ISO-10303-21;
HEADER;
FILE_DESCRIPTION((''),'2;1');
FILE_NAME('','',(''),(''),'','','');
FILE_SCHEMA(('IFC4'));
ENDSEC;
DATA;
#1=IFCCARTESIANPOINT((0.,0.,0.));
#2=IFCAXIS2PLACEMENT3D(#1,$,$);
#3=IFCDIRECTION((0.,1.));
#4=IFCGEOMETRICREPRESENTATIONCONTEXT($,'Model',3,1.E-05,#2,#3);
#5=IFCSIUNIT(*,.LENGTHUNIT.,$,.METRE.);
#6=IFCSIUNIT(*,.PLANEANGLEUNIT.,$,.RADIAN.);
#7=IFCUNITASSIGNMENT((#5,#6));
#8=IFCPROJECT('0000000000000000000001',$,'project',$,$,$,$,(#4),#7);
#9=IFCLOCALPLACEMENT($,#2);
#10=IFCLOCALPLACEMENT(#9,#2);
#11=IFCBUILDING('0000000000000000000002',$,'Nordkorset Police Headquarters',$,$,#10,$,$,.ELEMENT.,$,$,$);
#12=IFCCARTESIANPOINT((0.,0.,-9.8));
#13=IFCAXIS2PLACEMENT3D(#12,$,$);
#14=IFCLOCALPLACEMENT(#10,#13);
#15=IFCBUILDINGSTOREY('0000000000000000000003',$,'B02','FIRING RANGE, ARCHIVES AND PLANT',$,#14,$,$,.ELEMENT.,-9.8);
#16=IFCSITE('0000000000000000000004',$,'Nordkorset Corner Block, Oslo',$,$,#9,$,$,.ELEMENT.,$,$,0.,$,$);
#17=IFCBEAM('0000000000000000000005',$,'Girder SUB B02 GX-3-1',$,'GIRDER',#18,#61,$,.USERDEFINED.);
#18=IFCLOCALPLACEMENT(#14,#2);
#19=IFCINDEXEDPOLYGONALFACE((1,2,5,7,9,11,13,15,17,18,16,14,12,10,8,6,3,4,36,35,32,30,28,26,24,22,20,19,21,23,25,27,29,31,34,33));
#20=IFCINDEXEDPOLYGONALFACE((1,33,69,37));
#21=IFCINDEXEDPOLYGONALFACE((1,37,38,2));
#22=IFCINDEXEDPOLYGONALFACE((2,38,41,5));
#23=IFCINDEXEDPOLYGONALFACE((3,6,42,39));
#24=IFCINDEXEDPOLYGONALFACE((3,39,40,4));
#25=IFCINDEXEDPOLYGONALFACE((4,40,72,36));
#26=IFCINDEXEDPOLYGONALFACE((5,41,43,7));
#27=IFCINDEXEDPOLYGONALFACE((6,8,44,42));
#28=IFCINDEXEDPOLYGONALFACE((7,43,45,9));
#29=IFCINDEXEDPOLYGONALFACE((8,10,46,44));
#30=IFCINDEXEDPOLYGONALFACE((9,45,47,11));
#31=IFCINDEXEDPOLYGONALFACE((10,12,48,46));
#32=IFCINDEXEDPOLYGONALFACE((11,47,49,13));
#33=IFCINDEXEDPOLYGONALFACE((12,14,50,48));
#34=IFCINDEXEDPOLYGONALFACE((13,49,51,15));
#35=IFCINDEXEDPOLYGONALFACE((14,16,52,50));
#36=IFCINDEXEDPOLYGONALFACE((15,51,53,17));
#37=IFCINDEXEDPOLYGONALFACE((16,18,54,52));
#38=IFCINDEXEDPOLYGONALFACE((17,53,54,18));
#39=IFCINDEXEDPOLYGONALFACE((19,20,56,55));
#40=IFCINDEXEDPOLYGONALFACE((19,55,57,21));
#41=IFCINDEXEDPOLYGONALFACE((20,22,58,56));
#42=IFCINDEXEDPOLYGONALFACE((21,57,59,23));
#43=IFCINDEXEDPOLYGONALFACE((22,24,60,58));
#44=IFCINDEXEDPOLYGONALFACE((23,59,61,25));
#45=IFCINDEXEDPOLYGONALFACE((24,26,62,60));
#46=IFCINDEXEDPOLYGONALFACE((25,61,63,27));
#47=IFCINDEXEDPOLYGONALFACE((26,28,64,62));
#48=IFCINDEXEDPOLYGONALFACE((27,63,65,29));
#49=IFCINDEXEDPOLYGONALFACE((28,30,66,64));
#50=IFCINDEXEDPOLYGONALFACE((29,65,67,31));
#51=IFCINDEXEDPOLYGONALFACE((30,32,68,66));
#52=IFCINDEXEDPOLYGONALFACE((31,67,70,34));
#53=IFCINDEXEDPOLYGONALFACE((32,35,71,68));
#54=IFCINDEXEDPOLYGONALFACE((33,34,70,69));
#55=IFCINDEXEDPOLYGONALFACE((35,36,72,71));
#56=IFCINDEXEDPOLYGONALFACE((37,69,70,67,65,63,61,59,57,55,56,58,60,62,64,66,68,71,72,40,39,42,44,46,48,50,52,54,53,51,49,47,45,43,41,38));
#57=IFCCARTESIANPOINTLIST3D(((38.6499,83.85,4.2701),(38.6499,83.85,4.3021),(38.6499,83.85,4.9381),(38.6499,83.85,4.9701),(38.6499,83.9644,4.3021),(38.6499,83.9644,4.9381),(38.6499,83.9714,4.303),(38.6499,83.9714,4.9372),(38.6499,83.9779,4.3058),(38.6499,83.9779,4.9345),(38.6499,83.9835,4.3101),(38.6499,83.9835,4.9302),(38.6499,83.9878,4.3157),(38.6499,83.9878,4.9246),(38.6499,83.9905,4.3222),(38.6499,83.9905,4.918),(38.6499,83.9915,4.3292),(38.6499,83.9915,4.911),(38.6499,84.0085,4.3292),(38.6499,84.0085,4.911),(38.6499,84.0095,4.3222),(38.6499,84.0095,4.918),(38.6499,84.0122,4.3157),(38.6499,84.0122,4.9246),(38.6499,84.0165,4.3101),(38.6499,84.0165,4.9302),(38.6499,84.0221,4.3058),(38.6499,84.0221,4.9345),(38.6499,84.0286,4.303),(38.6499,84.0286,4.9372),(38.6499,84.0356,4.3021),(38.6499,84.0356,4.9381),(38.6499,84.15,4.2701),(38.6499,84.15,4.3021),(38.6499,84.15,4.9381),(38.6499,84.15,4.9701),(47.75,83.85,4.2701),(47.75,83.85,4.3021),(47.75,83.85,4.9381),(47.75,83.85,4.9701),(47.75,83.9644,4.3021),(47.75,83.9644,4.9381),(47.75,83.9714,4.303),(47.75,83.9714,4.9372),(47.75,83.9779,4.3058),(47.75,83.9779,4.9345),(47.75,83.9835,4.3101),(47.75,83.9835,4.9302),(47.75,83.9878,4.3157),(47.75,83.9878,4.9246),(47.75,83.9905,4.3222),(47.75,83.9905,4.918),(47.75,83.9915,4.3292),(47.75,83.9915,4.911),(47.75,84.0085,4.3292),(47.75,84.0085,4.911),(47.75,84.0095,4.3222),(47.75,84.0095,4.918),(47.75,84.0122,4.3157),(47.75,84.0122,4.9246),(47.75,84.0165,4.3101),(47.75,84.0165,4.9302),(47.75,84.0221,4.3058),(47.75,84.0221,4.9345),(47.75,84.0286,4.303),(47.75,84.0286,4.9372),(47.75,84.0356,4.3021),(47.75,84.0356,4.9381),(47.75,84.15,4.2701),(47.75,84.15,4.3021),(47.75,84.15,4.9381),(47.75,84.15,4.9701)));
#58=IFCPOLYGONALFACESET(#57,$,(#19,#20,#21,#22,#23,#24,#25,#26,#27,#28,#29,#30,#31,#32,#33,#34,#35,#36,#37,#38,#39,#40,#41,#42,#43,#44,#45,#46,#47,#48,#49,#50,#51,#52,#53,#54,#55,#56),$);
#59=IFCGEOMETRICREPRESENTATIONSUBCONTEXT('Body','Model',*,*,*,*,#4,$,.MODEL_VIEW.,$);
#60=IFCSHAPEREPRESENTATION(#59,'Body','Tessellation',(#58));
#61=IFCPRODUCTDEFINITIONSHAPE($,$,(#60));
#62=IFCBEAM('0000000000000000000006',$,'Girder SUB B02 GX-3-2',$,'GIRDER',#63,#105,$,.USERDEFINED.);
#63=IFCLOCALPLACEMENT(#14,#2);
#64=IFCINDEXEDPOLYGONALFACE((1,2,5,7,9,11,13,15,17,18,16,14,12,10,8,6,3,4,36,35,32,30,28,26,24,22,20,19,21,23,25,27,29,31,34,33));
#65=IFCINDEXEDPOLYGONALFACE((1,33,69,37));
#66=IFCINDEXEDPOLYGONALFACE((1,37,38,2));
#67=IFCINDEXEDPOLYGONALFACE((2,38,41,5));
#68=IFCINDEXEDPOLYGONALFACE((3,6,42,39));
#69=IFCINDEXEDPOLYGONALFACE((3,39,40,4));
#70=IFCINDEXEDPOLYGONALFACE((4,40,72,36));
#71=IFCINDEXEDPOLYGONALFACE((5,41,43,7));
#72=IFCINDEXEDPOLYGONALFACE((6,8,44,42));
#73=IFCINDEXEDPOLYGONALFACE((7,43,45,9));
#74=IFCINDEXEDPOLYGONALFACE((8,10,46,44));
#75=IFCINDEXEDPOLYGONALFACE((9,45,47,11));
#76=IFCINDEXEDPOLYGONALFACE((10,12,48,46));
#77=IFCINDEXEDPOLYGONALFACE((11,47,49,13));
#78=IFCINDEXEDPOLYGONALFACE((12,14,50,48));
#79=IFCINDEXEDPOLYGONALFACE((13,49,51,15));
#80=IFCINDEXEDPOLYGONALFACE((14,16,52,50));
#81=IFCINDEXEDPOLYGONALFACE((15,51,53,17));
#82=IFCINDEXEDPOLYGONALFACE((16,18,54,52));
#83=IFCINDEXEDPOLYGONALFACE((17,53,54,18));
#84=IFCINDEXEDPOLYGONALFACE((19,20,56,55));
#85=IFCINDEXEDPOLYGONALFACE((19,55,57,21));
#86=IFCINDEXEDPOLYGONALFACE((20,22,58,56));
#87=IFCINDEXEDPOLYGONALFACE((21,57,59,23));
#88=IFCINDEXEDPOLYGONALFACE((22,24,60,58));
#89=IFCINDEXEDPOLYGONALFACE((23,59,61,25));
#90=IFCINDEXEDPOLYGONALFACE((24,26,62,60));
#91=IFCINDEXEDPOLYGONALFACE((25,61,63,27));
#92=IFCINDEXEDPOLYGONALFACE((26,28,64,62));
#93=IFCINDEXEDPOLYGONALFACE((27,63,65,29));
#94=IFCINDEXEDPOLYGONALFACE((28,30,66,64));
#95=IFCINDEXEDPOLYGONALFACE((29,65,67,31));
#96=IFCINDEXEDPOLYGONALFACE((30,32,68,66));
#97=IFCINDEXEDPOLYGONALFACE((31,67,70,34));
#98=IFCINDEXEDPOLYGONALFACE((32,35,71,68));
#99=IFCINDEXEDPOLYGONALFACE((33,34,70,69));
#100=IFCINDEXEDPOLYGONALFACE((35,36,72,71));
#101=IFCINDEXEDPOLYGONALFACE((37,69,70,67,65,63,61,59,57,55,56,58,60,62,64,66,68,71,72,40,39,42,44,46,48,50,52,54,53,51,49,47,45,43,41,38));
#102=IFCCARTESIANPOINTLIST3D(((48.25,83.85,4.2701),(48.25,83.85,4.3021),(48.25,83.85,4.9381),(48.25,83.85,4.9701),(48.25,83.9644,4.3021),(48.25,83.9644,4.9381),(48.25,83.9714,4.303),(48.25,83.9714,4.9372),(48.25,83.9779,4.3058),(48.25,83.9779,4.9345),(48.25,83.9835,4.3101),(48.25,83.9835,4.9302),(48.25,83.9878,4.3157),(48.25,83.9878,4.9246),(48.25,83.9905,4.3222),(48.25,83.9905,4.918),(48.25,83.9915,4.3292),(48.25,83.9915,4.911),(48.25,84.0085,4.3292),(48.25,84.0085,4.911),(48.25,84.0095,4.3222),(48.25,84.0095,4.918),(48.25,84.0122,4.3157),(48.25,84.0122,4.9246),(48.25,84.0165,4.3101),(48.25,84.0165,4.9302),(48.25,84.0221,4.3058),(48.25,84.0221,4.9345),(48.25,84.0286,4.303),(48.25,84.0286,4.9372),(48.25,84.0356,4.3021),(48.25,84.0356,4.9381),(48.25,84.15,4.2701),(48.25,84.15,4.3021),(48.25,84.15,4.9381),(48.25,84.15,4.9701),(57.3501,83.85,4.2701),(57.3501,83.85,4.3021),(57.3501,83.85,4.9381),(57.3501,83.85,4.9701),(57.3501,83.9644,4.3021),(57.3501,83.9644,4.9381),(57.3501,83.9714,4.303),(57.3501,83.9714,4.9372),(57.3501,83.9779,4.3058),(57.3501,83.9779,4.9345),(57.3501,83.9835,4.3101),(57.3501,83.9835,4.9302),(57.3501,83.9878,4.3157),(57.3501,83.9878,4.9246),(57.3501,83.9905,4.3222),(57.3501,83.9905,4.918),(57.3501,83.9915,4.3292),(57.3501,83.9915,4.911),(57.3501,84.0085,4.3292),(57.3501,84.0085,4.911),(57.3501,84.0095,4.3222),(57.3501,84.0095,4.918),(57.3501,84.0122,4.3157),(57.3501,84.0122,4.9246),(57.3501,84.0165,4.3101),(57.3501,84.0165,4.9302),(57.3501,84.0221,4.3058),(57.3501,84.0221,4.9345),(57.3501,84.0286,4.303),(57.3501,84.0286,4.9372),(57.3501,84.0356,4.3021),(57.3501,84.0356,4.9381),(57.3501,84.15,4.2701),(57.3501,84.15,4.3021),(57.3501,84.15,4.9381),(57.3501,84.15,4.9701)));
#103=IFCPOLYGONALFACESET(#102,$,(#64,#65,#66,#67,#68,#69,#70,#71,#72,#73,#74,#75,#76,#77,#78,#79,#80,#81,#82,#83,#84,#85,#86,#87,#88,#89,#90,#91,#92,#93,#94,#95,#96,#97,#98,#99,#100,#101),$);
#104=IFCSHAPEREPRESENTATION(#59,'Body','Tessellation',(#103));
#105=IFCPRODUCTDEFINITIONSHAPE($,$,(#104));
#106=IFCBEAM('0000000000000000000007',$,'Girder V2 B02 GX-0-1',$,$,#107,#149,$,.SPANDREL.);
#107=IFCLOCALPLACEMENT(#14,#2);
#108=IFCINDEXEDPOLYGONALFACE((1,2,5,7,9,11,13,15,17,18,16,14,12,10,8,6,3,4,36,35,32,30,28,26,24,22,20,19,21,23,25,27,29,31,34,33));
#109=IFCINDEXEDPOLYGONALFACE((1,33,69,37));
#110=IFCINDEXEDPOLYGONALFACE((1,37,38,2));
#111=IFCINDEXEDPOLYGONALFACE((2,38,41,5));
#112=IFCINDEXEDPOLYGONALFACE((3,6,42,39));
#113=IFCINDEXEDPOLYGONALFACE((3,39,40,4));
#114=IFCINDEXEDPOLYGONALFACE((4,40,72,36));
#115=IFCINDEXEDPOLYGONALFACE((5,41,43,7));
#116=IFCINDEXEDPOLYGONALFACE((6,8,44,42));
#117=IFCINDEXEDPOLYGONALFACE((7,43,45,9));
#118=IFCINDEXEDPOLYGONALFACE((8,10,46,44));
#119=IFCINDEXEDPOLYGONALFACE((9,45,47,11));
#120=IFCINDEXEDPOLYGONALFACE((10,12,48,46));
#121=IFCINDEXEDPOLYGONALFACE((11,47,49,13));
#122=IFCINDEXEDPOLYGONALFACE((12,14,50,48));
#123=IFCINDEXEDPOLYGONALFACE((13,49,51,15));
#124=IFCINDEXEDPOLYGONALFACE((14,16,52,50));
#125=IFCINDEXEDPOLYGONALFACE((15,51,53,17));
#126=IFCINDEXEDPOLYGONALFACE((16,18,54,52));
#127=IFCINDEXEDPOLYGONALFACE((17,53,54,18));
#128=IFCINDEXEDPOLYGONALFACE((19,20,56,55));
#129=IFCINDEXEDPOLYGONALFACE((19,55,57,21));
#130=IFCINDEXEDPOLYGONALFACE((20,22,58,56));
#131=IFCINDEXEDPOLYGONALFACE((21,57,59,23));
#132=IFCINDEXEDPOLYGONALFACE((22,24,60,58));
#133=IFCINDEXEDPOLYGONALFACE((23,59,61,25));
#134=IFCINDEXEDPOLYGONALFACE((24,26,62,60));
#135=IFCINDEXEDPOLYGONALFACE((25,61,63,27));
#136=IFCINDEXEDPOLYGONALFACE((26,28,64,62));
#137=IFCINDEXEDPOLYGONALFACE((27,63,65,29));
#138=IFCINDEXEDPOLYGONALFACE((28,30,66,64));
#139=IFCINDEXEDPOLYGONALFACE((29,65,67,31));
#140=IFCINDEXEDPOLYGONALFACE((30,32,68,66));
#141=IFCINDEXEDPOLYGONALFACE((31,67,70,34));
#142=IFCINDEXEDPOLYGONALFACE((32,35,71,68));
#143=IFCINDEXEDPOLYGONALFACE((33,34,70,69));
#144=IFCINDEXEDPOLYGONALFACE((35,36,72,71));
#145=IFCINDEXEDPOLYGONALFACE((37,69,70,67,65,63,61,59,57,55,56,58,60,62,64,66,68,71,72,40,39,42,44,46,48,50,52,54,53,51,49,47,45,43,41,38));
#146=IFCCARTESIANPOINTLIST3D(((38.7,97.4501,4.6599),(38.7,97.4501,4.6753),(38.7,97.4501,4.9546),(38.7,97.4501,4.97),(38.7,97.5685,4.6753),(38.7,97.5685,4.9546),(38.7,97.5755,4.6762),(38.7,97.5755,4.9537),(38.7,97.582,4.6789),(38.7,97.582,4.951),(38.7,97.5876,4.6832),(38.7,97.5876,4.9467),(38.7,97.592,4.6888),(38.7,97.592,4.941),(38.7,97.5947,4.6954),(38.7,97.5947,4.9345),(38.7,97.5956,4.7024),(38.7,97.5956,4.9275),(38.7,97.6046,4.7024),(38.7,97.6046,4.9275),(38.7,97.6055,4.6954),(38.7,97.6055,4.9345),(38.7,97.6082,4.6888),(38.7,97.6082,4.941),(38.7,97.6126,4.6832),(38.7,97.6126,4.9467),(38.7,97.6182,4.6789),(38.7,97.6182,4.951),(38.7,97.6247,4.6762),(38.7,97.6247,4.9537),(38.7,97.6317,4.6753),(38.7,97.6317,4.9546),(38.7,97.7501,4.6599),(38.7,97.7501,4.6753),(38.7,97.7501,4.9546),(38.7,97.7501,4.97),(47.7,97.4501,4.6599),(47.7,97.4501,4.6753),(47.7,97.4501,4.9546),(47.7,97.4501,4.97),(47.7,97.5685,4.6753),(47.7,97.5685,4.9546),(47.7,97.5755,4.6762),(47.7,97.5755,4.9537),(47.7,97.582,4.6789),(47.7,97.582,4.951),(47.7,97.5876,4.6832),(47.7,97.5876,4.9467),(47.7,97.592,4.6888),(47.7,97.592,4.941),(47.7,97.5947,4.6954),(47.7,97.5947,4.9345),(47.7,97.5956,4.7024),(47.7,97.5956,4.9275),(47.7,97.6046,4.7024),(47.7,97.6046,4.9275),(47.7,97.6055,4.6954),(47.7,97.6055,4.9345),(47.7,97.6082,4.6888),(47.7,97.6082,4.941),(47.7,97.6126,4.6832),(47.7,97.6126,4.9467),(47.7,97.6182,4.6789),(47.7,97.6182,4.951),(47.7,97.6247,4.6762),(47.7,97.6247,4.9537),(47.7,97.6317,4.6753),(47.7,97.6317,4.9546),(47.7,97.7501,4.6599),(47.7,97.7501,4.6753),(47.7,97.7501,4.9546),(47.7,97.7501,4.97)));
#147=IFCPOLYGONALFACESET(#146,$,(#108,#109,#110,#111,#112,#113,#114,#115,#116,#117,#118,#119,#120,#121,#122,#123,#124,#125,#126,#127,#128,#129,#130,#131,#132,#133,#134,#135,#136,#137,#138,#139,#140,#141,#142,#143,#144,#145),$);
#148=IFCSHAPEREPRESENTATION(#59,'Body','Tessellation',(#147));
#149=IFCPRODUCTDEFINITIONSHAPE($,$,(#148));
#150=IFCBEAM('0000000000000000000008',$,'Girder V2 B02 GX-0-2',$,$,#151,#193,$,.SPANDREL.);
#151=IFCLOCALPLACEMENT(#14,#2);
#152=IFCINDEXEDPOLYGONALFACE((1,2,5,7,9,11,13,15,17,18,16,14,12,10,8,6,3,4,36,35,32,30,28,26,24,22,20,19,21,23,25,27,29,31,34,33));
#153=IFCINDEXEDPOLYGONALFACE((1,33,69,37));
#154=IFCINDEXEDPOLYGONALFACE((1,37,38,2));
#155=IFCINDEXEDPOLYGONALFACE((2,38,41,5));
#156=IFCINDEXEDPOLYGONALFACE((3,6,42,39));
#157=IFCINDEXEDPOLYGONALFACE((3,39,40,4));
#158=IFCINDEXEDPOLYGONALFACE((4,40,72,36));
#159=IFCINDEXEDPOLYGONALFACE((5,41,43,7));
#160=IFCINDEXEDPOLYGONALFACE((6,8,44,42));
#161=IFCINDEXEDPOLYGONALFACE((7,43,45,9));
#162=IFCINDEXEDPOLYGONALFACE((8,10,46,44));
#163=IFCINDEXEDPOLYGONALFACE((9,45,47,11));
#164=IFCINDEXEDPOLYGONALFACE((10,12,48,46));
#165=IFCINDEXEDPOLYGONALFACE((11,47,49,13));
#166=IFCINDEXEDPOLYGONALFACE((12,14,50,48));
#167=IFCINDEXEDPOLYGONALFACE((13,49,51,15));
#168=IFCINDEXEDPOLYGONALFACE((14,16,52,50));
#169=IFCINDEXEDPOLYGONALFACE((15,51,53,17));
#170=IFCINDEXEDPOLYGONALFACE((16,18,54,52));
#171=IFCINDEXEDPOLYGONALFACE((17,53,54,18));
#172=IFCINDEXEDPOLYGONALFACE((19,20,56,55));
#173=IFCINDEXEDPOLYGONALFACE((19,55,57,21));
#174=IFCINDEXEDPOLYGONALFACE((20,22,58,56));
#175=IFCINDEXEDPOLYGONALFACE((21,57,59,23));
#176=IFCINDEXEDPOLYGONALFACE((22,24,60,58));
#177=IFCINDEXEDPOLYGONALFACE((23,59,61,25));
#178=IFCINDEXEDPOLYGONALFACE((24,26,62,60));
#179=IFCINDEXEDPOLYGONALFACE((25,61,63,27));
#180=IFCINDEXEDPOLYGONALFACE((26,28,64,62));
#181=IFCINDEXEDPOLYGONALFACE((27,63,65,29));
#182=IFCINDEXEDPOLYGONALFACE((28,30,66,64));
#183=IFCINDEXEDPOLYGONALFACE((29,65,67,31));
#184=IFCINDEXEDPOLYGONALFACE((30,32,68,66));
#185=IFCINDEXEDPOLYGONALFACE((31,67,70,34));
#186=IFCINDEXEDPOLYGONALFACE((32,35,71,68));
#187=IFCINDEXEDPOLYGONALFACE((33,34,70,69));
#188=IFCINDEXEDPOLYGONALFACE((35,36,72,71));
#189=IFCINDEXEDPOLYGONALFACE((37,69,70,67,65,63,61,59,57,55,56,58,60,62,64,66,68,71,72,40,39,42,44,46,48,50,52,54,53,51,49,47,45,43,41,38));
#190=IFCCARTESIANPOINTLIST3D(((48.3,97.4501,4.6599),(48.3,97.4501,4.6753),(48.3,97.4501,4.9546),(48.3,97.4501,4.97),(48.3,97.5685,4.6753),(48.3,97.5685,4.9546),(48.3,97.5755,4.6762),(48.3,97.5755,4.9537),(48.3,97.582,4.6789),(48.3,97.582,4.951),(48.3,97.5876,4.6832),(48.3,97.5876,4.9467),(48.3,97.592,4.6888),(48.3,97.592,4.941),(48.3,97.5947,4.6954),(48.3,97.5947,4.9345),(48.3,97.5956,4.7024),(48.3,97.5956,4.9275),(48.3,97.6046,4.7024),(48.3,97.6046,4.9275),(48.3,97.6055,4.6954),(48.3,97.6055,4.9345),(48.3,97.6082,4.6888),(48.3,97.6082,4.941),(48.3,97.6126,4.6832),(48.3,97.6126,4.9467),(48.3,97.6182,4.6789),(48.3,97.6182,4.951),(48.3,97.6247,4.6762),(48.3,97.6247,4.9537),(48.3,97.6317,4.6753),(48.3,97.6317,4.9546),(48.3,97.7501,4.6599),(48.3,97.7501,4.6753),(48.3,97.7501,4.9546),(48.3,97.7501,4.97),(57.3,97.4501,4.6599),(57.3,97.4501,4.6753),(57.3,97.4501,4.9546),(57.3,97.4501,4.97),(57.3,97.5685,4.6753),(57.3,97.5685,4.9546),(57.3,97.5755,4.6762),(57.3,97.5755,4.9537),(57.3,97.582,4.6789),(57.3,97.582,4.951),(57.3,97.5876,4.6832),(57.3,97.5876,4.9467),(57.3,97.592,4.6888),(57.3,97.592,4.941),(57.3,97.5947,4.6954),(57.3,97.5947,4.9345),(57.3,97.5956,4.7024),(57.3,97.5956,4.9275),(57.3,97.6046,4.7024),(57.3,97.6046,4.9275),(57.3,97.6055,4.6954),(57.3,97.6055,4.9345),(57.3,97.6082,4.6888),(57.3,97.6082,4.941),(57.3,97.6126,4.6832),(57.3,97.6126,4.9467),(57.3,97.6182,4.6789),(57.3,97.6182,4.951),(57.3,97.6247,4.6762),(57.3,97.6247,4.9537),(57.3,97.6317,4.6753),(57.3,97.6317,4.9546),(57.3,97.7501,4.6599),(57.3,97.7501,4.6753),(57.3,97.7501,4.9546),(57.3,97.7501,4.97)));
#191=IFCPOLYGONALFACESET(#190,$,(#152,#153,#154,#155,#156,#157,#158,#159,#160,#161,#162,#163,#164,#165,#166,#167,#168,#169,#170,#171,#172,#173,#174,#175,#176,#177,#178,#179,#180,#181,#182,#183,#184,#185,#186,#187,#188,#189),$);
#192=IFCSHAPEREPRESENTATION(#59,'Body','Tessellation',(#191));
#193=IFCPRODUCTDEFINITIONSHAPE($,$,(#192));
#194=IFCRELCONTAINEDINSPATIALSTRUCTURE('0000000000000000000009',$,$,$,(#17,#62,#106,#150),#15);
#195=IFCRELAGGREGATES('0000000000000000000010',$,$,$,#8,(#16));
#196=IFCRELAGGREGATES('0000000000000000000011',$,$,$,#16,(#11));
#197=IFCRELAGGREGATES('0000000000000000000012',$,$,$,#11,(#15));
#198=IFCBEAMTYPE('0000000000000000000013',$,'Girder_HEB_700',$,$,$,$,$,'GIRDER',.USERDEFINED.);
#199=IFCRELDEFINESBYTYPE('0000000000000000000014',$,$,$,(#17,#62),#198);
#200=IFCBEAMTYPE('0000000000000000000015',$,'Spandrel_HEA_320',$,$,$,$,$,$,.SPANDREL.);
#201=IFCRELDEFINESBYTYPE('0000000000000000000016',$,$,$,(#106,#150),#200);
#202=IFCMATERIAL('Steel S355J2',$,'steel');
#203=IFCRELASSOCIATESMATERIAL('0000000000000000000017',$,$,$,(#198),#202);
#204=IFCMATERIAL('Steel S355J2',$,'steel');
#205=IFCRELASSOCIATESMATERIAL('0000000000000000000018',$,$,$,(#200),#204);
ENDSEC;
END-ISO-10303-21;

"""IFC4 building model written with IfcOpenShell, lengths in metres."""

from ifc_helpers import new_model, si_unit, direction, frame, origin, origin_2d, place, context, subcontext, project, spatial, i_section, extrude, material, material_profile, profile_set, type_object, element, save


model = new_model("IFC4")

# Units and contexts
model_context = context("Model", 3, precision=1e-05, world=origin(), true_north=direction((0.0, 1.0)))
body_context = subcontext(model_context, "Body", "Model", "MODEL_VIEW")
ifc_project = project(units=[si_unit("LENGTHUNIT", "METRE"), si_unit("PLANEANGLEUNIT", "RADIAN")], contexts=[model_context])

# Site, building, storey
site_placement = place(None, origin())
site = spatial("IfcSite", under=ifc_project, at=site_placement, Name="Nordkorset Corner Block, Oslo", CompositionType="ELEMENT", RefElevation=0.0)
building_placement = place(site_placement, origin())
building = spatial("IfcBuilding", under=site, at=building_placement, Name="Nordkorset Police Headquarters", CompositionType="ELEMENT")
storey_placement = place(building_placement, frame((0.0, 0.0, -9.8)))
storey = spatial("IfcBuildingStorey", under=building, at=storey_placement, Name="B02", Description="FIRING RANGE, ARCHIVES AND PLANT", CompositionType="ELEMENT", Elevation=-9.8)

# Beams
ifc_material_1 = material(Name="Steel S355J2", Category="steel")
ifc_material_profile_1 = material_profile(ifc_material_1, i_section(OverallWidth=0.3, OverallDepth=0.7, WebThickness=0.0171, FlangeThickness=0.032, FilletRadius=0.0271, at=origin_2d()), Name="HEB 700")
ifc_profile_set_1 = profile_set([ifc_material_profile_1], Name="Steel S355J2")
beam_type_1 = type_object("IfcBeamType", Name="Girder_HEB_700", ElementType="GIRDER", PredefinedType="USERDEFINED", material=ifc_profile_set_1)
for number, where, z_axis, x_axis, name in (
    (1, (38.6499, 84.0, 4.6201), (1.0, 0.0, 0.0), (0.0, 1.0, 0.0), "Girder SUB B02 GX-3-1"),
    (2, (48.25, 84.0, 4.6201), (1.0, 0.0, 0.0), (0.0, 1.0, 0.0), "Girder SUB B02 GX-3-2"),
):
    element("IfcBeam", number, at=place(storey_placement, frame(where, z_axis=z_axis, x_axis=x_axis)), inside=storey, type_object=beam_type_1, Name=name, ObjectType="GIRDER", PredefinedType="USERDEFINED", context=body_context, shape_type="SweptSolid", body=[
        extrude(i_section(OverallWidth=0.3, OverallDepth=0.7, WebThickness=0.0171, FlangeThickness=0.032, FilletRadius=0.0271, at=origin_2d()), origin(), (0.0, 0.0, 1.0), 9.1001),
    ])
ifc_material_2 = material(Name="Steel S355J2", Category="steel")
ifc_material_profile_2 = material_profile(ifc_material_2, i_section(OverallWidth=0.3, OverallDepth=0.3101, WebThickness=0.009, FlangeThickness=0.0154, FilletRadius=0.0271, at=origin_2d()), Name="HEA 320")
ifc_profile_set_2 = profile_set([ifc_material_profile_2], Name="Steel S355J2")
beam_type_2 = type_object("IfcBeamType", Name="Spandrel_HEA_320", PredefinedType="SPANDREL", material=ifc_profile_set_2)
for number, where, z_axis, x_axis, name in (
    (3, (38.7, 97.6001, 4.8149), (1.0, 0.0, 0.0), (0.0, 1.0, 0.0), "Girder V2 B02 GX-0-1"),
    (4, (48.3, 97.6001, 4.8149), (1.0, 0.0, 0.0), (0.0, 1.0, 0.0), "Girder V2 B02 GX-0-2"),
):
    element("IfcBeam", number, at=place(storey_placement, frame(where, z_axis=z_axis, x_axis=x_axis)), inside=storey, type_object=beam_type_2, Name=name, PredefinedType="SPANDREL", context=body_context, shape_type="SweptSolid", body=[
        extrude(i_section(OverallWidth=0.3, OverallDepth=0.3101, WebThickness=0.009, FlangeThickness=0.0154, FilletRadius=0.0271, at=origin_2d()), origin(), (0.0, 0.0, 1.0), 9.0),
    ])

save(model, "model.ifc")
